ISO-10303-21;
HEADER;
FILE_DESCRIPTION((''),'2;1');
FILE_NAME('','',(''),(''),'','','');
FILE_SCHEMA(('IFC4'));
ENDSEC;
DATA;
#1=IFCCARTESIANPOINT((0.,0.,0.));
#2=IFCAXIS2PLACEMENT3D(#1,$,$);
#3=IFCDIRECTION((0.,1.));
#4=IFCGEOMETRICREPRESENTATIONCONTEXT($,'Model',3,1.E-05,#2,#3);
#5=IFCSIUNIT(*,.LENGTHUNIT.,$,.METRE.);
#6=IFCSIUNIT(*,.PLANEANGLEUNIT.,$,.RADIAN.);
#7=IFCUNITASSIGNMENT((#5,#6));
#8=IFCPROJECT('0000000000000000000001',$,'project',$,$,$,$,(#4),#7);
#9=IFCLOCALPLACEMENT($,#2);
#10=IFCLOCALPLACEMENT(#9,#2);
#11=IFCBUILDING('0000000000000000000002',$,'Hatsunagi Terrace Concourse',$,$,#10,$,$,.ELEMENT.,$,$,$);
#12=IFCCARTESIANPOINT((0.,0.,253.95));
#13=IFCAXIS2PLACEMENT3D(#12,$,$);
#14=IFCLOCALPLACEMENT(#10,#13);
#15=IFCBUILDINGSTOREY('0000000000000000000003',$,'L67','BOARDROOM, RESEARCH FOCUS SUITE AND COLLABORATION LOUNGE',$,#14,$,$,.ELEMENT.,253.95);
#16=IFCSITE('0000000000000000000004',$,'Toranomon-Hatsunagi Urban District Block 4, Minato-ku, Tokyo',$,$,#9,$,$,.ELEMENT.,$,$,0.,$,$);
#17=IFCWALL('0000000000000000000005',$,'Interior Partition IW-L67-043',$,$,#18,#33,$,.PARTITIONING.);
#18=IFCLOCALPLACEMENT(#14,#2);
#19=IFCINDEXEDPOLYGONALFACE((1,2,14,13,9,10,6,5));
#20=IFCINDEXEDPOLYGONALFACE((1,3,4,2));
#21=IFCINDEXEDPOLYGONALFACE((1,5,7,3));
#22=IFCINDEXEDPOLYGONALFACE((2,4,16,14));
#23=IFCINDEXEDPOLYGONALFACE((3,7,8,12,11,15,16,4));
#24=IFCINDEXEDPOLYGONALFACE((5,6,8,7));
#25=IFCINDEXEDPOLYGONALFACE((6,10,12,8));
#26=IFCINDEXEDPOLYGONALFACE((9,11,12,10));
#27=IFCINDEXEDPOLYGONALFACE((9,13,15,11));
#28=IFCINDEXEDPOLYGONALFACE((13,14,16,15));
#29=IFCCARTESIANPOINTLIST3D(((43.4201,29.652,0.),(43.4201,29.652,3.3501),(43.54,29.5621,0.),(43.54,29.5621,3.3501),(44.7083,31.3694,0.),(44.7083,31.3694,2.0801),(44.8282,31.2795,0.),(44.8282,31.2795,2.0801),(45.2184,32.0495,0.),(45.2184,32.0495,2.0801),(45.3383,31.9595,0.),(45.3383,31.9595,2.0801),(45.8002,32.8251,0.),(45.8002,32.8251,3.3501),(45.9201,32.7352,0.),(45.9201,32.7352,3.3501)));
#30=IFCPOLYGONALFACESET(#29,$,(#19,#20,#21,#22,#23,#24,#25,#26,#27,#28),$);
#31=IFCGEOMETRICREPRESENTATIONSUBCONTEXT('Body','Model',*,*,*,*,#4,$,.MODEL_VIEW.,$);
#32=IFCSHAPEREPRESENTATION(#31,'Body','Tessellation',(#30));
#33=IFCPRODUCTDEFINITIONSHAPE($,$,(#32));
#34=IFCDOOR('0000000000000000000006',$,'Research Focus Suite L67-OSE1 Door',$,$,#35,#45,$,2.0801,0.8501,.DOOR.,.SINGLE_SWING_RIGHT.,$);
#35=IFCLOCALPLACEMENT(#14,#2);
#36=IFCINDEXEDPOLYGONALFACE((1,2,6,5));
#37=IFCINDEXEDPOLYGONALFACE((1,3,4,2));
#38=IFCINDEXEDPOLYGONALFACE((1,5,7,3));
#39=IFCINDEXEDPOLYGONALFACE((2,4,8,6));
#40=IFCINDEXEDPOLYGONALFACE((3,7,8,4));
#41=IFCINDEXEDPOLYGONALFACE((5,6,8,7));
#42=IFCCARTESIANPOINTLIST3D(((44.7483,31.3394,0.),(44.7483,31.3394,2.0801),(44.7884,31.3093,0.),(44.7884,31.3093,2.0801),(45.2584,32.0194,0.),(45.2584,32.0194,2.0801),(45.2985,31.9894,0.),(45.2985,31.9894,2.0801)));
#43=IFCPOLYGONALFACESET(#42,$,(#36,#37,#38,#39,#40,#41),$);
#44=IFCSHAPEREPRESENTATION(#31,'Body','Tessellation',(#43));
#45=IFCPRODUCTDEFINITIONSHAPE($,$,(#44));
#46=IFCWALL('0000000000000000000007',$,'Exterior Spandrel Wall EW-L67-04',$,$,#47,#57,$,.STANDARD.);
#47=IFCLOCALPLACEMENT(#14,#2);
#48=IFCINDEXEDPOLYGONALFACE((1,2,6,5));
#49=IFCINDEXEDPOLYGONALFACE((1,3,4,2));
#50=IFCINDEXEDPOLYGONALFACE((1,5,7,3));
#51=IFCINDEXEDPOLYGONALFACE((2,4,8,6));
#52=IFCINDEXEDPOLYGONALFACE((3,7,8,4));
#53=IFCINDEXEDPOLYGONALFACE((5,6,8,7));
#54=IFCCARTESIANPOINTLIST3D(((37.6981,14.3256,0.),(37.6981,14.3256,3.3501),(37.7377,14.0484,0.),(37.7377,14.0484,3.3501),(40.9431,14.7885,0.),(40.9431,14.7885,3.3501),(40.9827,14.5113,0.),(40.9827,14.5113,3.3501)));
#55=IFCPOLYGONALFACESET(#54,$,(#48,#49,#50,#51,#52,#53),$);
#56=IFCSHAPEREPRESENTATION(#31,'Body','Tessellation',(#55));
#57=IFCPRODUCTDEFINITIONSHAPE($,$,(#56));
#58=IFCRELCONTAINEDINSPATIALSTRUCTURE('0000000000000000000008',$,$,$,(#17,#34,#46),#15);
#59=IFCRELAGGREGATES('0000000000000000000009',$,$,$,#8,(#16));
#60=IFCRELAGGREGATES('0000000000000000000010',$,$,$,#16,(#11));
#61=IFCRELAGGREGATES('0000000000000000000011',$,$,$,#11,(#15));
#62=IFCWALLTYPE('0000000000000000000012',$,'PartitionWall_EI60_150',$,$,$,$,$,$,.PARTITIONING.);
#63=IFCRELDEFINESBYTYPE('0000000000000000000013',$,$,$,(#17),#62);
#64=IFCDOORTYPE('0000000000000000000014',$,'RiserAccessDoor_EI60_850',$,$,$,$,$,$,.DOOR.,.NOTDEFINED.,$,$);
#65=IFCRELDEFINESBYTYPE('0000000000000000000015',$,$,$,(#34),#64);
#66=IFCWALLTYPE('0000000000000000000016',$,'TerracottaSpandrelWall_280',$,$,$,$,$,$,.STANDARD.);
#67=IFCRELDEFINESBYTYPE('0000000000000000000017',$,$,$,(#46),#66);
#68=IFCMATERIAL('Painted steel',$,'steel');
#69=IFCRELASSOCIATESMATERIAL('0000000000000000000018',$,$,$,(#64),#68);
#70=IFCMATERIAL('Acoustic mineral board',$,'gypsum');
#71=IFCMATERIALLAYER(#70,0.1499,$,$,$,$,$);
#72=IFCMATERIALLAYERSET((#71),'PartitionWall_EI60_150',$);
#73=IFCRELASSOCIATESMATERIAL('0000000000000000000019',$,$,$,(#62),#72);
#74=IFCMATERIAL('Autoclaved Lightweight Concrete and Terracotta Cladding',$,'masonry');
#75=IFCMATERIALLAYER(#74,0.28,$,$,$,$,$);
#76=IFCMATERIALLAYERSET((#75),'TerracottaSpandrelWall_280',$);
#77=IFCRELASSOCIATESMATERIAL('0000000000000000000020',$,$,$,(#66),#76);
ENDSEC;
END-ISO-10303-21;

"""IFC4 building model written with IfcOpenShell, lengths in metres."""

from ifc_helpers import new_model, si_unit, direction, frame, frame_2d, origin, place, context, subcontext, project, spatial, rectangle, extrude, material, layer, layer_set, type_object, element, fill, save


model = new_model("IFC4")

# Units and contexts
model_context = context("Model", 3, precision=1e-05, world=origin(), true_north=direction((0.0, 1.0)))
body_context = subcontext(model_context, "Body", "Model", "MODEL_VIEW")
ifc_project = project(units=[si_unit("LENGTHUNIT", "METRE"), si_unit("PLANEANGLEUNIT", "RADIAN")], contexts=[model_context])

# Site, building, storey
site_placement = place(None, origin())
site = spatial("IfcSite", under=ifc_project, at=site_placement, Name="Toranomon-Hatsunagi Urban District Block 4, Minato-ku, Tokyo", CompositionType="ELEMENT", RefElevation=0.0)
building_placement = place(site_placement, origin())
building = spatial("IfcBuilding", under=site, at=building_placement, Name="Hatsunagi Terrace Concourse", CompositionType="ELEMENT")
storey_placement = place(building_placement, frame((0.0, 0.0, 253.95)))
storey = spatial("IfcBuildingStorey", under=building, at=storey_placement, Name="L67", Description="BOARDROOM, RESEARCH FOCUS SUITE AND COLLABORATION LOUNGE", CompositionType="ELEMENT", Elevation=253.95)

# Shared definitions
ifc_material_1 = material(Name="Painted steel", Category="steel")
door_type = type_object("IfcDoorType", Name="RiserAccessDoor_EI60_850", OperationType="NOTDEFINED", PredefinedType="DOOR", material=ifc_material_1)

# Shared definitions
ifc_material_2 = material(Name="Acoustic mineral board", Category="gypsum")
ifc_layer_1 = layer(ifc_material_2, 0.1499)
ifc_layer_set_1 = layer_set([ifc_layer_1], Name="PartitionWall_EI60_150")
wall_type_1 = type_object("IfcWallType", Name="PartitionWall_EI60_150", PredefinedType="PARTITIONING", material=ifc_layer_set_1)

# Wall, opening, door
wall_1_placement = place(storey_placement, frame((43.48, 29.6069, 0.0), z_axis=(0.0, 0.0, 1.0), x_axis=(0.600049, 0.799963, 0.0)))
wall_1 = element("IfcWall", 1, at=wall_1_placement, inside=storey, type_object=wall_type_1, Name="Interior Partition IW-L67-043", PredefinedType="PARTITIONING", context=body_context, shape_type="SweptSolid", body=[
    extrude(rectangle(XDim=3.9666, YDim=0.1499, at=frame_2d((1.9834, 0.0))), origin(), (0.0, 0.0, 1.0), 3.3501),
])
opening_1_placement = place(wall_1_placement, frame((2.147, 0.0, 0.0)))
opening_1 = element("IfcOpeningElement", 2, at=opening_1_placement, cuts=wall_1, PredefinedType="OPENING", context=body_context, shape_type="SweptSolid", body=[
    extrude(rectangle(XDim=0.8501, YDim=2.0801, at=frame_2d((0.425, 1.04))), frame((0.0, 0.085, 0.0), z_axis=(0.0, -1.0, 0.0), x_axis=(1.0, 0.0, 0.0)), (0.0, 0.0, 1.0), 0.1699),
])
door_1_placement = place(opening_1_placement, origin())
door_1 = element("IfcDoor", 3, at=door_1_placement, inside=storey, type_object=door_type, Name="Research Focus Suite L67-OSE1 Door", OperationType="SINGLE_SWING_RIGHT", OverallHeight=2.0801, OverallWidth=0.8501, PredefinedType="DOOR", context=body_context, shape_type="SweptSolid", body=[
    extrude(rectangle(XDim=0.8501, YDim=2.0801, at=frame_2d((0.425, 1.04))), frame((0.0, 0.0249, 0.0), z_axis=(0.0, -1.0, 0.0), x_axis=(1.0, 0.0, 0.0)), (0.0, 0.0, 1.0), 0.05),
])
fill(opening_1, door_1)

# Wall
ifc_material_3 = material(Name="Autoclaved Lightweight Concrete and Terracotta Cladding", Category="masonry")
ifc_layer_2 = layer(ifc_material_3, 0.28)
ifc_layer_set_2 = layer_set([ifc_layer_2], Name="TerracottaSpandrelWall_280")
wall_type_2 = type_object("IfcWallType", Name="TerracottaSpandrelWall_280", PredefinedType="STANDARD", material=ifc_layer_set_2)
wall_2_placement = place(storey_placement, frame((40.9629, 14.6499, 0.0), z_axis=(0.0, 0.0, 1.0), x_axis=(-0.989978, -0.141223, 0.0)))
element("IfcWall", 4, at=wall_2_placement, inside=storey, type_object=wall_type_2, Name="Exterior Spandrel Wall EW-L67-04", PredefinedType="STANDARD", context=body_context, shape_type="SweptSolid", body=[
    extrude(rectangle(XDim=3.2778, YDim=0.28, at=frame_2d((1.6389, 0.0))), origin(), (0.0, 0.0, 1.0), 3.3501),
])

save(model, "model.ifc")
